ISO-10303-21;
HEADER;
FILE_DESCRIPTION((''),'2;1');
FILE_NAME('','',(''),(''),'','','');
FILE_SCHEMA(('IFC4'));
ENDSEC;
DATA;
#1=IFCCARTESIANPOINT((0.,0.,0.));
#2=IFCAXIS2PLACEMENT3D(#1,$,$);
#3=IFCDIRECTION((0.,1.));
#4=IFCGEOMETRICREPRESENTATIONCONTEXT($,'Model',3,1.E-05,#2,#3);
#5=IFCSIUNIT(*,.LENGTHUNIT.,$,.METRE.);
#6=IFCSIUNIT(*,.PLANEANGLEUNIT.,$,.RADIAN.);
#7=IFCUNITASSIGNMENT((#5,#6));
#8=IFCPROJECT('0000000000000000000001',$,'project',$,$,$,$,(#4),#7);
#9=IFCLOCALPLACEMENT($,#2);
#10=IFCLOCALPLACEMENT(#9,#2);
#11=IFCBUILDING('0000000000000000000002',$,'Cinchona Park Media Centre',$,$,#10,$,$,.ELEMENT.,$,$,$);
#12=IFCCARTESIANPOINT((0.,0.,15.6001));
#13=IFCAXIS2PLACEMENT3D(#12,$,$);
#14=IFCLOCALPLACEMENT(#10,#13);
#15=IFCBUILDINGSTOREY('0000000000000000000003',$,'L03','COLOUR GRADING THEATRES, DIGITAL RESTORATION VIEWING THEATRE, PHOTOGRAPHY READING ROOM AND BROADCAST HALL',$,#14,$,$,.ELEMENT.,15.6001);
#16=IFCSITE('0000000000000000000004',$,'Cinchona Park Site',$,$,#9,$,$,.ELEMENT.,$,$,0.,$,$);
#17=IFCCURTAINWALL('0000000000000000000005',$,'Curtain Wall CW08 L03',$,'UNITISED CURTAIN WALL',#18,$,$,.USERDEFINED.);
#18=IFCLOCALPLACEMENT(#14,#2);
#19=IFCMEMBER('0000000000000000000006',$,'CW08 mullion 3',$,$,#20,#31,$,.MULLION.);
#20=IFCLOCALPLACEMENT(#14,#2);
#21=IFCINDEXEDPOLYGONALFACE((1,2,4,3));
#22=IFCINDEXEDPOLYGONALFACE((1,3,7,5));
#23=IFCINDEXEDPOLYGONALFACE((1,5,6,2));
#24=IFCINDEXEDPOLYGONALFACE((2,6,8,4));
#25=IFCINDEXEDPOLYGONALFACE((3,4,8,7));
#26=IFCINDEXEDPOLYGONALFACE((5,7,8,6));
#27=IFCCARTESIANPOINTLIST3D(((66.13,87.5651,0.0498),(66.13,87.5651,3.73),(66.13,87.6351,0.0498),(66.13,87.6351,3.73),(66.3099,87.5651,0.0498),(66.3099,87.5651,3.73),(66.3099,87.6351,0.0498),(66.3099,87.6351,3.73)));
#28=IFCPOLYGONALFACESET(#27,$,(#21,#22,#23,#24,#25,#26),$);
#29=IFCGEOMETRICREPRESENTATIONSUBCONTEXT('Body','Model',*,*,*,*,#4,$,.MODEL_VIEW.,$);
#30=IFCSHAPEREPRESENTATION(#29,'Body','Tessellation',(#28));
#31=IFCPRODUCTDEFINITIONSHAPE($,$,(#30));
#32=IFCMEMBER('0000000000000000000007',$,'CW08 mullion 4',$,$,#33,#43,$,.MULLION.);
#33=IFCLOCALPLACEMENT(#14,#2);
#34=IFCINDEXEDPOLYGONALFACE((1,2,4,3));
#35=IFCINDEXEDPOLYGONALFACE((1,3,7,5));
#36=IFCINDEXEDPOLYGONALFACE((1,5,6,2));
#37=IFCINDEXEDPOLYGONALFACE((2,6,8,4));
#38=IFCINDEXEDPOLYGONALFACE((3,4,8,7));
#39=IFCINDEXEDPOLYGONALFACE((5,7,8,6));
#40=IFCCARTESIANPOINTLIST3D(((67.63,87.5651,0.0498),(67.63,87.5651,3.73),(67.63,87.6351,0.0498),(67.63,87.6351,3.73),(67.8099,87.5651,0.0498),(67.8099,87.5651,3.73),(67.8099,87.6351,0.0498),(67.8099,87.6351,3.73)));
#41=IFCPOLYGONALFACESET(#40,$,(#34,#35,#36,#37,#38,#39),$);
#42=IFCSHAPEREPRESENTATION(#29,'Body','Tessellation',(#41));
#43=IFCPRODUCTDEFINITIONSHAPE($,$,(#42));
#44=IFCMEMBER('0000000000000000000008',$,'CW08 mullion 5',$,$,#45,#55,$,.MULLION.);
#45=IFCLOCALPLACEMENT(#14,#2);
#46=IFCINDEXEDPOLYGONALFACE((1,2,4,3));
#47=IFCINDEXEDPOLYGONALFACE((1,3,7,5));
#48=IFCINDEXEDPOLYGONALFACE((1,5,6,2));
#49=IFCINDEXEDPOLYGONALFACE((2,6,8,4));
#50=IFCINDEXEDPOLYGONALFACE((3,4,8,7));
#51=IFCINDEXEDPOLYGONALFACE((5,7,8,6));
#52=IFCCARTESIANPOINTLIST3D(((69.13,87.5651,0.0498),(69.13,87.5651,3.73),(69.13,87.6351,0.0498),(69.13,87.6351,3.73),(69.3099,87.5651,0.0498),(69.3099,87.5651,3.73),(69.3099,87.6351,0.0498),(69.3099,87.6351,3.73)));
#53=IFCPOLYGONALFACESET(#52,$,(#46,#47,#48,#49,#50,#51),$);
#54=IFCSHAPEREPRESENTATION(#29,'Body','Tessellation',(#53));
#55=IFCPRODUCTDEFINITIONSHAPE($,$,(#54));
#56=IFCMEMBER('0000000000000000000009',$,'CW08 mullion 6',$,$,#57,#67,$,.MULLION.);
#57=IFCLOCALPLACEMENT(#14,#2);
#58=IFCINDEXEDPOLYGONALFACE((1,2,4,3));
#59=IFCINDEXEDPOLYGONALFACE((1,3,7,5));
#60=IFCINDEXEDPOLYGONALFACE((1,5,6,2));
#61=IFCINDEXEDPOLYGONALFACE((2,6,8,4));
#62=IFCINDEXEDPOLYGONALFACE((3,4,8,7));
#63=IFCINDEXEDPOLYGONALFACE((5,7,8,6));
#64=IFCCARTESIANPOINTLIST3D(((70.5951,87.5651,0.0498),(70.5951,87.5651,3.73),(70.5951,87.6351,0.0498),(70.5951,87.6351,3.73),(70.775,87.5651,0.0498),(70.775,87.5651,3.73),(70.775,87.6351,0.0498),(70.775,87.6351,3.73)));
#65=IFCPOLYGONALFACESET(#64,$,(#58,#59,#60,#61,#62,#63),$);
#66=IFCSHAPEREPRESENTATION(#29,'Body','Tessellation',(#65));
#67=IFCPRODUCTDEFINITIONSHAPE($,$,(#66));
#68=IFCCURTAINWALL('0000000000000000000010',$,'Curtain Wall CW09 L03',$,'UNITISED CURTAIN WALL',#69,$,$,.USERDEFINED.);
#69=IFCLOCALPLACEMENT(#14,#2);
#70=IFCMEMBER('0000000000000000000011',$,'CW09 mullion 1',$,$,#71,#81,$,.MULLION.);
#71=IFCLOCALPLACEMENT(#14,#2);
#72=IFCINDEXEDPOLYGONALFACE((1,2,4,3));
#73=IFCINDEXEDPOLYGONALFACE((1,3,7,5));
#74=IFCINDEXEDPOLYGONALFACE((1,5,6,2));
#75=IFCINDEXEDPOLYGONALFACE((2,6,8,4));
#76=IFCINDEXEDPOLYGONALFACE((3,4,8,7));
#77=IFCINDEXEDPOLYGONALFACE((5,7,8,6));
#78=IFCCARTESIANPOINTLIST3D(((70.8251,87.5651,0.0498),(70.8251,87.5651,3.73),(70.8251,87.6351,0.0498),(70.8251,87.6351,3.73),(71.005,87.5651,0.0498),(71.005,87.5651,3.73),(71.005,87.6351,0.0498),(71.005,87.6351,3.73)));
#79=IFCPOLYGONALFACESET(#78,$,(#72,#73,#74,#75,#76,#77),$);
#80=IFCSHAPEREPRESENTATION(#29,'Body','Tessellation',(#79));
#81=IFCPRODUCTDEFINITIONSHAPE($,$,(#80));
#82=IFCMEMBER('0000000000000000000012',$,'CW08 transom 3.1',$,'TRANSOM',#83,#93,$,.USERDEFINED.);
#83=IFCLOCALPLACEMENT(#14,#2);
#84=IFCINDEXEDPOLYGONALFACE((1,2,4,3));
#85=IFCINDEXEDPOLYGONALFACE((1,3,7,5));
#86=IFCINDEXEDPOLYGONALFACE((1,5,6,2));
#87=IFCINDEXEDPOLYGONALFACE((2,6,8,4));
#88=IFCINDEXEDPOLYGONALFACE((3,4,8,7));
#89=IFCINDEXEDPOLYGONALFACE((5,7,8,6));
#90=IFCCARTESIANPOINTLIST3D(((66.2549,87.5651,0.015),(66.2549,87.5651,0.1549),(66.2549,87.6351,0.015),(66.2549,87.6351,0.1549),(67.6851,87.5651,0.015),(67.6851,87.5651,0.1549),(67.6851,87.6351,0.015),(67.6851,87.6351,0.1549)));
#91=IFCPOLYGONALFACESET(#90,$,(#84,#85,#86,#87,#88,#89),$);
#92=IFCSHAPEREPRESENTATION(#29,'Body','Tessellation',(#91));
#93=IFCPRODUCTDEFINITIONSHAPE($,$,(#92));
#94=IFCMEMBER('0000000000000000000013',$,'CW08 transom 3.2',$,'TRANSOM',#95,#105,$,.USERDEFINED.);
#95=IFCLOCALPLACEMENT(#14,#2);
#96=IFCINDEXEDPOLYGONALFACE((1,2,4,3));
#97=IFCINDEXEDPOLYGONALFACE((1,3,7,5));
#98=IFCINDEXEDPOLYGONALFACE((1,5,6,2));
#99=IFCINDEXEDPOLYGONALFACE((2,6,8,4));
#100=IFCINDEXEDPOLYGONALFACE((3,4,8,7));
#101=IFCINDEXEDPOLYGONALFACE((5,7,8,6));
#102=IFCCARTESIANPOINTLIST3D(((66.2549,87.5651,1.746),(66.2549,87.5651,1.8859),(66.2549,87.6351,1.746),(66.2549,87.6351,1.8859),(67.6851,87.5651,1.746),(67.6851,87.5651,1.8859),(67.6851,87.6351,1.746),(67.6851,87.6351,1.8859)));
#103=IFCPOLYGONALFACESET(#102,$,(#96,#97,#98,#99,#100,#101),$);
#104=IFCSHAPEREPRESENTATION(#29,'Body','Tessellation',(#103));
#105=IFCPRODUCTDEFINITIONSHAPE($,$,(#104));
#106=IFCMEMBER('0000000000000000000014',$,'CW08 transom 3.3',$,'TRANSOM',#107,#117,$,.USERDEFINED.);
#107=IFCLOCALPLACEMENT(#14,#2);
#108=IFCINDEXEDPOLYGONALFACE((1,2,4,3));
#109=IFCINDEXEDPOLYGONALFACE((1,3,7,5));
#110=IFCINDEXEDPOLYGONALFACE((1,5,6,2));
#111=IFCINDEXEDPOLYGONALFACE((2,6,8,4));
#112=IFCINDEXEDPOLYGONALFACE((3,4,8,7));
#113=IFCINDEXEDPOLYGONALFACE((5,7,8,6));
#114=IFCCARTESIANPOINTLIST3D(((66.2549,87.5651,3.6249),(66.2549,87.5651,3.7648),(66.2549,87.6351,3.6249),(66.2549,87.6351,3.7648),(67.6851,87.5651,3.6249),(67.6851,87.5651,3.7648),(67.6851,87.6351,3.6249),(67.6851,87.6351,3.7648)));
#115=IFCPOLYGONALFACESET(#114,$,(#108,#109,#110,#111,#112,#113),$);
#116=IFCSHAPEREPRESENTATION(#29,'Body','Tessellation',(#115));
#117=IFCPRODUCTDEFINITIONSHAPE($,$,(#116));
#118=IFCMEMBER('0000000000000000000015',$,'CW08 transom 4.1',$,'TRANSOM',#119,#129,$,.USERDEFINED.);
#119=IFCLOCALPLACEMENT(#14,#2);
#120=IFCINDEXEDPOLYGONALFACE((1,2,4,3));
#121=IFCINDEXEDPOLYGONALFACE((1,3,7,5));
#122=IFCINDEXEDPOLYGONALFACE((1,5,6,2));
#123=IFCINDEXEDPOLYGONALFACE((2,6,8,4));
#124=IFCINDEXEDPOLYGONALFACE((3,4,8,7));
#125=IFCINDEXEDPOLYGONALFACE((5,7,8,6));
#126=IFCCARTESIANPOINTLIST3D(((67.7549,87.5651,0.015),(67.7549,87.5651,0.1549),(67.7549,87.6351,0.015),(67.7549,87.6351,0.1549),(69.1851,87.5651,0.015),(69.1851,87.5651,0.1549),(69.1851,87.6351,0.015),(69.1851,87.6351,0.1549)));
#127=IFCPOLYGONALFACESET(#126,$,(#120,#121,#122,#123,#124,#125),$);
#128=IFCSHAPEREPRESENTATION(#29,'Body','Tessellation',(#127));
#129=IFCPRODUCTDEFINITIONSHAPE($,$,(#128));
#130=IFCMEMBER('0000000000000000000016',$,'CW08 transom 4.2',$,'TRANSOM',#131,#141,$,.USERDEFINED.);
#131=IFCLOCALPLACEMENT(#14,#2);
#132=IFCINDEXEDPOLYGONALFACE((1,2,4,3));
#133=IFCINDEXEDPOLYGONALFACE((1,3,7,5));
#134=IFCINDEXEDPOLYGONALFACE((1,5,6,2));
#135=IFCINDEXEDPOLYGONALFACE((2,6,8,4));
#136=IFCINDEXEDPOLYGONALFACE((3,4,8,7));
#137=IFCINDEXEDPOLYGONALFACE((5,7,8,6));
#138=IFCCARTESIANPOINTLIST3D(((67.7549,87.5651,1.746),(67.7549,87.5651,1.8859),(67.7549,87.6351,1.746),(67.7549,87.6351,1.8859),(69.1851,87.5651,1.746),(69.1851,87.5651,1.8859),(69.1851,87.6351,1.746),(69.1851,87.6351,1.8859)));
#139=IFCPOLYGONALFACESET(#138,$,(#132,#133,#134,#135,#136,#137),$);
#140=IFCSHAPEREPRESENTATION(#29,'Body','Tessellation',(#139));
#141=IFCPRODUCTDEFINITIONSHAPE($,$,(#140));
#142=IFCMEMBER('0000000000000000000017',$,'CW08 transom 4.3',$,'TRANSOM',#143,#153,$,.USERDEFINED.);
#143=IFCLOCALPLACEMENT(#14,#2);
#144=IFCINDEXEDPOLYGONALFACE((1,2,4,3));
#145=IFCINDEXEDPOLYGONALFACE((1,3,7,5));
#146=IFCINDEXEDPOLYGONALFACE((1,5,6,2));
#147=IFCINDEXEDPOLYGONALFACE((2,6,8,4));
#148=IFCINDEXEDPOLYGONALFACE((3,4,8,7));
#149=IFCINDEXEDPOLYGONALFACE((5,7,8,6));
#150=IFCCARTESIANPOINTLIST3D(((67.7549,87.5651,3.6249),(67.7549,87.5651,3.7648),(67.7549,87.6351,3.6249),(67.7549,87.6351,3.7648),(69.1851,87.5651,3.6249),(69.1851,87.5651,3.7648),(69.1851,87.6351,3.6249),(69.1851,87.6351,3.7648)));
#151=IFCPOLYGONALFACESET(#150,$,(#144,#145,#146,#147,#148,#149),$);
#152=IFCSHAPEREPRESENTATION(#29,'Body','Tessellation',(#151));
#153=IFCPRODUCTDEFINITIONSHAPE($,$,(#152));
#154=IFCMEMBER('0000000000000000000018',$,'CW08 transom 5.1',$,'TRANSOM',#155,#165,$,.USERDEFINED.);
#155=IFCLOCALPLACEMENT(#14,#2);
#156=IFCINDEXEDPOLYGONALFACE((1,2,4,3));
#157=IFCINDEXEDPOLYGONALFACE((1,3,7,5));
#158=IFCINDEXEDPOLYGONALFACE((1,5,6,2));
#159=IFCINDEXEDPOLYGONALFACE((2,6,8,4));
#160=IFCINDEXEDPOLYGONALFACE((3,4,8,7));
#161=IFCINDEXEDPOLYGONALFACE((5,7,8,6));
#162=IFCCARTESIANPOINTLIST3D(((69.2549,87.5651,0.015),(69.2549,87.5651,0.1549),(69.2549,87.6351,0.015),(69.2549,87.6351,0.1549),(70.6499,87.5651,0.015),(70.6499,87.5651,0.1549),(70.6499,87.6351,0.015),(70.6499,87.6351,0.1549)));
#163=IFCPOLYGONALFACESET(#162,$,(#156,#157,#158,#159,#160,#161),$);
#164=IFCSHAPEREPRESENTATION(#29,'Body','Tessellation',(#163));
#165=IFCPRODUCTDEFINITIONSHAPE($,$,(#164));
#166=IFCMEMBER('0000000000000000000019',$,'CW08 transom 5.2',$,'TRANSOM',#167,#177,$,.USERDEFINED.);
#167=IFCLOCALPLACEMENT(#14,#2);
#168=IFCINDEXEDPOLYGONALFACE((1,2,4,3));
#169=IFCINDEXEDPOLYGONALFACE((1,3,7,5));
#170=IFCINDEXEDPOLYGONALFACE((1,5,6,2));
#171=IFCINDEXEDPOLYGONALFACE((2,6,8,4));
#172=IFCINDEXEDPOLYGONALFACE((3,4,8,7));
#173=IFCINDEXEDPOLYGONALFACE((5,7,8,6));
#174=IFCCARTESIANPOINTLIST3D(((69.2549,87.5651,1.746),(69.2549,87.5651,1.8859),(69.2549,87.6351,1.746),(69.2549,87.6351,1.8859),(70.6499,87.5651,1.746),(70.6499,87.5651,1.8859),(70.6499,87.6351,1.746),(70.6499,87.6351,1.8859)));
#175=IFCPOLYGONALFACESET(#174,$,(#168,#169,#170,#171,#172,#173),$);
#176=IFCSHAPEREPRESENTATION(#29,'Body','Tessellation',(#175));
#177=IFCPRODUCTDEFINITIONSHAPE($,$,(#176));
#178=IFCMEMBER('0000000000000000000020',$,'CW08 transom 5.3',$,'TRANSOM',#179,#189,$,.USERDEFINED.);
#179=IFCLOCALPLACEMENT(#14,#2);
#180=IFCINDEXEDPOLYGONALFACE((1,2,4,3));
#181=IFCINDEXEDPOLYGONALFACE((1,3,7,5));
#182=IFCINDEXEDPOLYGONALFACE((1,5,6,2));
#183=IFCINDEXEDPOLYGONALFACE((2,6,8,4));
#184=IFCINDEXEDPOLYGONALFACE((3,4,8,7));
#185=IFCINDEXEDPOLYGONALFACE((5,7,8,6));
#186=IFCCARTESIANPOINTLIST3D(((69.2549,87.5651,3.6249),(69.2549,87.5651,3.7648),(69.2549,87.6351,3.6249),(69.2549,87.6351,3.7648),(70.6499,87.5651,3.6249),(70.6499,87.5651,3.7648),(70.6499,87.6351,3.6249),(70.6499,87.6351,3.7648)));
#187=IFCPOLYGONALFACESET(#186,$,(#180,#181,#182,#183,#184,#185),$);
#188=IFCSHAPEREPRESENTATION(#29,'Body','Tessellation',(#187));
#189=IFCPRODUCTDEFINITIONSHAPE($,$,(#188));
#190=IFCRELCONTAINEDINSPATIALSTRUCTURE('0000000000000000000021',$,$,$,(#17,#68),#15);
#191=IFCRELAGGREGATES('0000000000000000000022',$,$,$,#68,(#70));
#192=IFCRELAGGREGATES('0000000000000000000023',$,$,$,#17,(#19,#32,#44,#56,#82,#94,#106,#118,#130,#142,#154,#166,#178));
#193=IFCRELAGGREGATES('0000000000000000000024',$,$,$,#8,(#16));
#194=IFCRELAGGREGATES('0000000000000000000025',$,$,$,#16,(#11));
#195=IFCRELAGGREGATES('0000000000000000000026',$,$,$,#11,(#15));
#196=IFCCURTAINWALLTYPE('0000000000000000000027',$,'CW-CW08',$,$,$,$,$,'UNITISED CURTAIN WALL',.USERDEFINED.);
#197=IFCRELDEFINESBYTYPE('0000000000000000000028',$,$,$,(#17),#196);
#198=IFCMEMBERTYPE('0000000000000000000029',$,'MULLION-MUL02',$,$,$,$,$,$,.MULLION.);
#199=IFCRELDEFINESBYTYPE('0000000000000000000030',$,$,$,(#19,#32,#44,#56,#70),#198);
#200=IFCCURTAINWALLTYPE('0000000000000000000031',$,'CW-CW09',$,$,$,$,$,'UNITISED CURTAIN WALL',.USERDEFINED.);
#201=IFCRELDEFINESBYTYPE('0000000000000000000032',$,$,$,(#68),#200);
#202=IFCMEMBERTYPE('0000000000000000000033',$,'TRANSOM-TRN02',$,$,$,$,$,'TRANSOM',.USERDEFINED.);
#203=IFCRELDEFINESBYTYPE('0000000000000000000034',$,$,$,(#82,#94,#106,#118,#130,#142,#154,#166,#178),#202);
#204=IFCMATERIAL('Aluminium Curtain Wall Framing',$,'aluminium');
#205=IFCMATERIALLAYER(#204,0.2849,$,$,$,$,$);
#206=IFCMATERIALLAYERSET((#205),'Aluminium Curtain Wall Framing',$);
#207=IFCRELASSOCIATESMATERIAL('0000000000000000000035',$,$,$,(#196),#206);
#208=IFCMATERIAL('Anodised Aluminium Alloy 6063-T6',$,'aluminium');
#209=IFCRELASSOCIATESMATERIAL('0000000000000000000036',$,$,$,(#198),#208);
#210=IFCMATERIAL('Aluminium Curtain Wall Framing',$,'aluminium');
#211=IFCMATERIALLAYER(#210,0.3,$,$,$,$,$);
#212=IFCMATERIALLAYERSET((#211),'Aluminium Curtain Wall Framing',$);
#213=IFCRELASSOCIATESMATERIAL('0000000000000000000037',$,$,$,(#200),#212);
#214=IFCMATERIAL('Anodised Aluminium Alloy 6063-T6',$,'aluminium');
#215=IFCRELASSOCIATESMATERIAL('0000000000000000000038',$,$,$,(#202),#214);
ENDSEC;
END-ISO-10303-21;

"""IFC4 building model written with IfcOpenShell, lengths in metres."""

from ifc_helpers import new_model, si_unit, direction, frame, origin, origin_2d, place, context, subcontext, project, spatial, rectangle, extrude, material, layer, layer_set, material_profile, profile_set, type_object, element, aggregate, save


model = new_model("IFC4")

# Units and contexts
model_context = context("Model", 3, precision=1e-05, world=origin(), true_north=direction((0.0, 1.0)))
body_context = subcontext(model_context, "Body", "Model", "MODEL_VIEW")
ifc_project = project(units=[si_unit("LENGTHUNIT", "METRE"), si_unit("PLANEANGLEUNIT", "RADIAN")], contexts=[model_context])

# Site, building, storey
site_placement = place(None, origin())
site = spatial("IfcSite", under=ifc_project, at=site_placement, Name="Cinchona Park Site", CompositionType="ELEMENT", RefElevation=0.0)
building_placement = place(site_placement, origin())
building = spatial("IfcBuilding", under=site, at=building_placement, Name="Cinchona Park Media Centre", CompositionType="ELEMENT")
storey_placement = place(building_placement, frame((0.0, 0.0, 15.6001)))
storey = spatial("IfcBuildingStorey", under=building, at=storey_placement, Name="L03", Description="COLOUR GRADING THEATRES, DIGITAL RESTORATION VIEWING THEATRE, PHOTOGRAPHY READING ROOM AND BROADCAST HALL", CompositionType="ELEMENT", Elevation=15.6001)

# Curtain wall, members
ifc_material_1 = material(Name="Aluminium Curtain Wall Framing", Category="aluminium")
ifc_layer_1 = layer(ifc_material_1, 0.2849)
ifc_layer_set_1 = layer_set([ifc_layer_1], Name="Aluminium Curtain Wall Framing")
curtain_wall_type_1 = type_object("IfcCurtainWallType", Name="CW-CW08", ElementType="UNITISED CURTAIN WALL", PredefinedType="USERDEFINED", material=ifc_layer_set_1)
curtain_wall_1_placement = place(storey_placement, origin())
curtain_wall_1 = element("IfcCurtainWall", 1, at=curtain_wall_1_placement, inside=storey, type_object=curtain_wall_type_1, Name="Curtain Wall CW08 L03", ObjectType="UNITISED CURTAIN WALL", PredefinedType="USERDEFINED")
ifc_material_2 = material(Name="Anodised Aluminium Alloy 6063-T6", Category="aluminium")
ifc_material_profile_1 = material_profile(ifc_material_2, rectangle(XDim=0.0701, YDim=0.1799, at=origin_2d()), Name="MUL-70X180")
ifc_profile_set_1 = profile_set([ifc_material_profile_1], Name="Anodised Aluminium Alloy 6063-T6")
member_type_1 = type_object("IfcMemberType", Name="MULLION-MUL02", PredefinedType="MULLION", material=ifc_profile_set_1)
member_1_placement = place(storey_placement, frame((66.22, 87.6001, 0.0498), z_axis=(0.0, 0.0, 1.0), x_axis=(0.0, 1.0, 0.0)))
member_1 = element("IfcMember", 2, at=member_1_placement, type_object=member_type_1, Name="CW08 mullion 3", PredefinedType="MULLION", context=body_context, shape_type="SweptSolid", body=[
    extrude(rectangle(XDim=0.0701, YDim=0.1799, at=origin_2d()), origin(), (0.0, 0.0, 1.0), 3.6802),
])
member_2_placement = place(storey_placement, frame((67.72, 87.6001, 0.0498), z_axis=(0.0, 0.0, 1.0), x_axis=(0.0, 1.0, 0.0)))
member_2 = element("IfcMember", 3, at=member_2_placement, type_object=member_type_1, Name="CW08 mullion 4", PredefinedType="MULLION", context=body_context, shape_type="SweptSolid", body=[
    extrude(rectangle(XDim=0.0701, YDim=0.1799, at=origin_2d()), origin(), (0.0, 0.0, 1.0), 3.6802),
])
member_3_placement = place(storey_placement, frame((69.22, 87.6001, 0.0498), z_axis=(0.0, 0.0, 1.0), x_axis=(0.0, 1.0, 0.0)))
member_3 = element("IfcMember", 4, at=member_3_placement, type_object=member_type_1, Name="CW08 mullion 5", PredefinedType="MULLION", context=body_context, shape_type="SweptSolid", body=[
    extrude(rectangle(XDim=0.0701, YDim=0.1799, at=origin_2d()), origin(), (0.0, 0.0, 1.0), 3.6802),
])
member_4_placement = place(storey_placement, frame((70.6851, 87.6001, 0.0498), z_axis=(0.0, 0.0, 1.0), x_axis=(0.0, 1.0, 0.0)))
member_4 = element("IfcMember", 5, at=member_4_placement, type_object=member_type_1, Name="CW08 mullion 6", PredefinedType="MULLION", context=body_context, shape_type="SweptSolid", body=[
    extrude(rectangle(XDim=0.0701, YDim=0.1799, at=origin_2d()), origin(), (0.0, 0.0, 1.0), 3.6802),
])

# Curtain wall, member
ifc_material_3 = material(Name="Aluminium Curtain Wall Framing", Category="aluminium")
ifc_layer_2 = layer(ifc_material_3, 0.3)
ifc_layer_set_2 = layer_set([ifc_layer_2], Name="Aluminium Curtain Wall Framing")
curtain_wall_type_2 = type_object("IfcCurtainWallType", Name="CW-CW09", ElementType="UNITISED CURTAIN WALL", PredefinedType="USERDEFINED", material=ifc_layer_set_2)
curtain_wall_2_placement = place(storey_placement, origin())
curtain_wall_2 = element("IfcCurtainWall", 6, at=curtain_wall_2_placement, inside=storey, type_object=curtain_wall_type_2, Name="Curtain Wall CW09 L03", ObjectType="UNITISED CURTAIN WALL", PredefinedType="USERDEFINED")
member_5_placement = place(storey_placement, frame((70.915, 87.6001, 0.0498), z_axis=(0.0, 0.0, 1.0), x_axis=(0.0, 1.0, 0.0)))
member_5 = element("IfcMember", 7, at=member_5_placement, type_object=member_type_1, Name="CW09 mullion 1", PredefinedType="MULLION", context=body_context, shape_type="SweptSolid", body=[
    extrude(rectangle(XDim=0.0701, YDim=0.1799, at=origin_2d()), origin(), (0.0, 0.0, 1.0), 3.6802),
])
aggregate(curtain_wall_2, [member_5])

# Members
ifc_material_4 = material(Name="Anodised Aluminium Alloy 6063-T6", Category="aluminium")
ifc_material_profile_2 = material_profile(ifc_material_4, rectangle(XDim=0.0701, YDim=0.1399, at=origin_2d()), Name="TRN-70X140")
ifc_profile_set_2 = profile_set([ifc_material_profile_2], Name="Anodised Aluminium Alloy 6063-T6")
member_type_2 = type_object("IfcMemberType", Name="TRANSOM-TRN02", ElementType="TRANSOM", PredefinedType="USERDEFINED", material=ifc_profile_set_2)
member_6_placement = place(storey_placement, frame((66.2549, 87.6001, 0.085), z_axis=(1.0, 0.0, 0.0), x_axis=(0.0, 1.0, 0.0)))
member_6 = element("IfcMember", 8, at=member_6_placement, type_object=member_type_2, Name="CW08 transom 3.1", ObjectType="TRANSOM", PredefinedType="USERDEFINED", context=body_context, shape_type="SweptSolid", body=[
    extrude(rectangle(XDim=0.0701, YDim=0.1399, at=origin_2d()), origin(), (0.0, 0.0, 1.0), 1.4302),
])
member_7_placement = place(storey_placement, frame((66.2549, 87.6001, 1.8159), z_axis=(1.0, 0.0, 0.0), x_axis=(0.0, 1.0, 0.0)))
member_7 = element("IfcMember", 9, at=member_7_placement, type_object=member_type_2, Name="CW08 transom 3.2", ObjectType="TRANSOM", PredefinedType="USERDEFINED", context=body_context, shape_type="SweptSolid", body=[
    extrude(rectangle(XDim=0.0701, YDim=0.1399, at=origin_2d()), origin(), (0.0, 0.0, 1.0), 1.4302),
])
member_8_placement = place(storey_placement, frame((66.2549, 87.6001, 3.6948), z_axis=(1.0, 0.0, 0.0), x_axis=(0.0, 1.0, 0.0)))
member_8 = element("IfcMember", 10, at=member_8_placement, type_object=member_type_2, Name="CW08 transom 3.3", ObjectType="TRANSOM", PredefinedType="USERDEFINED", context=body_context, shape_type="SweptSolid", body=[
    extrude(rectangle(XDim=0.0701, YDim=0.1399, at=origin_2d()), origin(), (0.0, 0.0, 1.0), 1.4302),
])
member_9_placement = place(storey_placement, frame((67.7549, 87.6001, 0.085), z_axis=(1.0, 0.0, 0.0), x_axis=(0.0, 1.0, 0.0)))
member_9 = element("IfcMember", 11, at=member_9_placement, type_object=member_type_2, Name="CW08 transom 4.1", ObjectType="TRANSOM", PredefinedType="USERDEFINED", context=body_context, shape_type="SweptSolid", body=[
    extrude(rectangle(XDim=0.0701, YDim=0.1399, at=origin_2d()), origin(), (0.0, 0.0, 1.0), 1.4302),
])
member_10_placement = place(storey_placement, frame((67.7549, 87.6001, 1.8159), z_axis=(1.0, 0.0, 0.0), x_axis=(0.0, 1.0, 0.0)))
member_10 = element("IfcMember", 12, at=member_10_placement, type_object=member_type_2, Name="CW08 transom 4.2", ObjectType="TRANSOM", PredefinedType="USERDEFINED", context=body_context, shape_type="SweptSolid", body=[
    extrude(rectangle(XDim=0.0701, YDim=0.1399, at=origin_2d()), origin(), (0.0, 0.0, 1.0), 1.4302),
])
member_11_placement = place(storey_placement, frame((67.7549, 87.6001, 3.6948), z_axis=(1.0, 0.0, 0.0), x_axis=(0.0, 1.0, 0.0)))
member_11 = element("IfcMember", 13, at=member_11_placement, type_object=member_type_2, Name="CW08 transom 4.3", ObjectType="TRANSOM", PredefinedType="USERDEFINED", context=body_context, shape_type="SweptSolid", body=[
    extrude(rectangle(XDim=0.0701, YDim=0.1399, at=origin_2d()), origin(), (0.0, 0.0, 1.0), 1.4302),
])
member_12_placement = place(storey_placement, frame((69.2549, 87.6001, 0.085), z_axis=(1.0, 0.0, 0.0), x_axis=(0.0, 1.0, 0.0)))
member_12 = element("IfcMember", 14, at=member_12_placement, type_object=member_type_2, Name="CW08 transom 5.1", ObjectType="TRANSOM", PredefinedType="USERDEFINED", context=body_context, shape_type="SweptSolid", body=[
    extrude(rectangle(XDim=0.0701, YDim=0.1399, at=origin_2d()), origin(), (0.0, 0.0, 1.0), 1.395),
])
member_13_placement = place(storey_placement, frame((69.2549, 87.6001, 1.8159), z_axis=(1.0, 0.0, 0.0), x_axis=(0.0, 1.0, 0.0)))
member_13 = element("IfcMember", 15, at=member_13_placement, type_object=member_type_2, Name="CW08 transom 5.2", ObjectType="TRANSOM", PredefinedType="USERDEFINED", context=body_context, shape_type="SweptSolid", body=[
    extrude(rectangle(XDim=0.0701, YDim=0.1399, at=origin_2d()), origin(), (0.0, 0.0, 1.0), 1.395),
])
member_14_placement = place(storey_placement, frame((69.2549, 87.6001, 3.6948), z_axis=(1.0, 0.0, 0.0), x_axis=(0.0, 1.0, 0.0)))
member_14 = element("IfcMember", 16, at=member_14_placement, type_object=member_type_2, Name="CW08 transom 5.3", ObjectType="TRANSOM", PredefinedType="USERDEFINED", context=body_context, shape_type="SweptSolid", body=[
    extrude(rectangle(XDim=0.0701, YDim=0.1399, at=origin_2d()), origin(), (0.0, 0.0, 1.0), 1.395),
])

aggregate(curtain_wall_1, [member_1, member_2, member_3, member_4, member_6, member_7, member_8, member_9, member_10, member_11, member_12, member_13, member_14])

save(model, "model.ifc")
